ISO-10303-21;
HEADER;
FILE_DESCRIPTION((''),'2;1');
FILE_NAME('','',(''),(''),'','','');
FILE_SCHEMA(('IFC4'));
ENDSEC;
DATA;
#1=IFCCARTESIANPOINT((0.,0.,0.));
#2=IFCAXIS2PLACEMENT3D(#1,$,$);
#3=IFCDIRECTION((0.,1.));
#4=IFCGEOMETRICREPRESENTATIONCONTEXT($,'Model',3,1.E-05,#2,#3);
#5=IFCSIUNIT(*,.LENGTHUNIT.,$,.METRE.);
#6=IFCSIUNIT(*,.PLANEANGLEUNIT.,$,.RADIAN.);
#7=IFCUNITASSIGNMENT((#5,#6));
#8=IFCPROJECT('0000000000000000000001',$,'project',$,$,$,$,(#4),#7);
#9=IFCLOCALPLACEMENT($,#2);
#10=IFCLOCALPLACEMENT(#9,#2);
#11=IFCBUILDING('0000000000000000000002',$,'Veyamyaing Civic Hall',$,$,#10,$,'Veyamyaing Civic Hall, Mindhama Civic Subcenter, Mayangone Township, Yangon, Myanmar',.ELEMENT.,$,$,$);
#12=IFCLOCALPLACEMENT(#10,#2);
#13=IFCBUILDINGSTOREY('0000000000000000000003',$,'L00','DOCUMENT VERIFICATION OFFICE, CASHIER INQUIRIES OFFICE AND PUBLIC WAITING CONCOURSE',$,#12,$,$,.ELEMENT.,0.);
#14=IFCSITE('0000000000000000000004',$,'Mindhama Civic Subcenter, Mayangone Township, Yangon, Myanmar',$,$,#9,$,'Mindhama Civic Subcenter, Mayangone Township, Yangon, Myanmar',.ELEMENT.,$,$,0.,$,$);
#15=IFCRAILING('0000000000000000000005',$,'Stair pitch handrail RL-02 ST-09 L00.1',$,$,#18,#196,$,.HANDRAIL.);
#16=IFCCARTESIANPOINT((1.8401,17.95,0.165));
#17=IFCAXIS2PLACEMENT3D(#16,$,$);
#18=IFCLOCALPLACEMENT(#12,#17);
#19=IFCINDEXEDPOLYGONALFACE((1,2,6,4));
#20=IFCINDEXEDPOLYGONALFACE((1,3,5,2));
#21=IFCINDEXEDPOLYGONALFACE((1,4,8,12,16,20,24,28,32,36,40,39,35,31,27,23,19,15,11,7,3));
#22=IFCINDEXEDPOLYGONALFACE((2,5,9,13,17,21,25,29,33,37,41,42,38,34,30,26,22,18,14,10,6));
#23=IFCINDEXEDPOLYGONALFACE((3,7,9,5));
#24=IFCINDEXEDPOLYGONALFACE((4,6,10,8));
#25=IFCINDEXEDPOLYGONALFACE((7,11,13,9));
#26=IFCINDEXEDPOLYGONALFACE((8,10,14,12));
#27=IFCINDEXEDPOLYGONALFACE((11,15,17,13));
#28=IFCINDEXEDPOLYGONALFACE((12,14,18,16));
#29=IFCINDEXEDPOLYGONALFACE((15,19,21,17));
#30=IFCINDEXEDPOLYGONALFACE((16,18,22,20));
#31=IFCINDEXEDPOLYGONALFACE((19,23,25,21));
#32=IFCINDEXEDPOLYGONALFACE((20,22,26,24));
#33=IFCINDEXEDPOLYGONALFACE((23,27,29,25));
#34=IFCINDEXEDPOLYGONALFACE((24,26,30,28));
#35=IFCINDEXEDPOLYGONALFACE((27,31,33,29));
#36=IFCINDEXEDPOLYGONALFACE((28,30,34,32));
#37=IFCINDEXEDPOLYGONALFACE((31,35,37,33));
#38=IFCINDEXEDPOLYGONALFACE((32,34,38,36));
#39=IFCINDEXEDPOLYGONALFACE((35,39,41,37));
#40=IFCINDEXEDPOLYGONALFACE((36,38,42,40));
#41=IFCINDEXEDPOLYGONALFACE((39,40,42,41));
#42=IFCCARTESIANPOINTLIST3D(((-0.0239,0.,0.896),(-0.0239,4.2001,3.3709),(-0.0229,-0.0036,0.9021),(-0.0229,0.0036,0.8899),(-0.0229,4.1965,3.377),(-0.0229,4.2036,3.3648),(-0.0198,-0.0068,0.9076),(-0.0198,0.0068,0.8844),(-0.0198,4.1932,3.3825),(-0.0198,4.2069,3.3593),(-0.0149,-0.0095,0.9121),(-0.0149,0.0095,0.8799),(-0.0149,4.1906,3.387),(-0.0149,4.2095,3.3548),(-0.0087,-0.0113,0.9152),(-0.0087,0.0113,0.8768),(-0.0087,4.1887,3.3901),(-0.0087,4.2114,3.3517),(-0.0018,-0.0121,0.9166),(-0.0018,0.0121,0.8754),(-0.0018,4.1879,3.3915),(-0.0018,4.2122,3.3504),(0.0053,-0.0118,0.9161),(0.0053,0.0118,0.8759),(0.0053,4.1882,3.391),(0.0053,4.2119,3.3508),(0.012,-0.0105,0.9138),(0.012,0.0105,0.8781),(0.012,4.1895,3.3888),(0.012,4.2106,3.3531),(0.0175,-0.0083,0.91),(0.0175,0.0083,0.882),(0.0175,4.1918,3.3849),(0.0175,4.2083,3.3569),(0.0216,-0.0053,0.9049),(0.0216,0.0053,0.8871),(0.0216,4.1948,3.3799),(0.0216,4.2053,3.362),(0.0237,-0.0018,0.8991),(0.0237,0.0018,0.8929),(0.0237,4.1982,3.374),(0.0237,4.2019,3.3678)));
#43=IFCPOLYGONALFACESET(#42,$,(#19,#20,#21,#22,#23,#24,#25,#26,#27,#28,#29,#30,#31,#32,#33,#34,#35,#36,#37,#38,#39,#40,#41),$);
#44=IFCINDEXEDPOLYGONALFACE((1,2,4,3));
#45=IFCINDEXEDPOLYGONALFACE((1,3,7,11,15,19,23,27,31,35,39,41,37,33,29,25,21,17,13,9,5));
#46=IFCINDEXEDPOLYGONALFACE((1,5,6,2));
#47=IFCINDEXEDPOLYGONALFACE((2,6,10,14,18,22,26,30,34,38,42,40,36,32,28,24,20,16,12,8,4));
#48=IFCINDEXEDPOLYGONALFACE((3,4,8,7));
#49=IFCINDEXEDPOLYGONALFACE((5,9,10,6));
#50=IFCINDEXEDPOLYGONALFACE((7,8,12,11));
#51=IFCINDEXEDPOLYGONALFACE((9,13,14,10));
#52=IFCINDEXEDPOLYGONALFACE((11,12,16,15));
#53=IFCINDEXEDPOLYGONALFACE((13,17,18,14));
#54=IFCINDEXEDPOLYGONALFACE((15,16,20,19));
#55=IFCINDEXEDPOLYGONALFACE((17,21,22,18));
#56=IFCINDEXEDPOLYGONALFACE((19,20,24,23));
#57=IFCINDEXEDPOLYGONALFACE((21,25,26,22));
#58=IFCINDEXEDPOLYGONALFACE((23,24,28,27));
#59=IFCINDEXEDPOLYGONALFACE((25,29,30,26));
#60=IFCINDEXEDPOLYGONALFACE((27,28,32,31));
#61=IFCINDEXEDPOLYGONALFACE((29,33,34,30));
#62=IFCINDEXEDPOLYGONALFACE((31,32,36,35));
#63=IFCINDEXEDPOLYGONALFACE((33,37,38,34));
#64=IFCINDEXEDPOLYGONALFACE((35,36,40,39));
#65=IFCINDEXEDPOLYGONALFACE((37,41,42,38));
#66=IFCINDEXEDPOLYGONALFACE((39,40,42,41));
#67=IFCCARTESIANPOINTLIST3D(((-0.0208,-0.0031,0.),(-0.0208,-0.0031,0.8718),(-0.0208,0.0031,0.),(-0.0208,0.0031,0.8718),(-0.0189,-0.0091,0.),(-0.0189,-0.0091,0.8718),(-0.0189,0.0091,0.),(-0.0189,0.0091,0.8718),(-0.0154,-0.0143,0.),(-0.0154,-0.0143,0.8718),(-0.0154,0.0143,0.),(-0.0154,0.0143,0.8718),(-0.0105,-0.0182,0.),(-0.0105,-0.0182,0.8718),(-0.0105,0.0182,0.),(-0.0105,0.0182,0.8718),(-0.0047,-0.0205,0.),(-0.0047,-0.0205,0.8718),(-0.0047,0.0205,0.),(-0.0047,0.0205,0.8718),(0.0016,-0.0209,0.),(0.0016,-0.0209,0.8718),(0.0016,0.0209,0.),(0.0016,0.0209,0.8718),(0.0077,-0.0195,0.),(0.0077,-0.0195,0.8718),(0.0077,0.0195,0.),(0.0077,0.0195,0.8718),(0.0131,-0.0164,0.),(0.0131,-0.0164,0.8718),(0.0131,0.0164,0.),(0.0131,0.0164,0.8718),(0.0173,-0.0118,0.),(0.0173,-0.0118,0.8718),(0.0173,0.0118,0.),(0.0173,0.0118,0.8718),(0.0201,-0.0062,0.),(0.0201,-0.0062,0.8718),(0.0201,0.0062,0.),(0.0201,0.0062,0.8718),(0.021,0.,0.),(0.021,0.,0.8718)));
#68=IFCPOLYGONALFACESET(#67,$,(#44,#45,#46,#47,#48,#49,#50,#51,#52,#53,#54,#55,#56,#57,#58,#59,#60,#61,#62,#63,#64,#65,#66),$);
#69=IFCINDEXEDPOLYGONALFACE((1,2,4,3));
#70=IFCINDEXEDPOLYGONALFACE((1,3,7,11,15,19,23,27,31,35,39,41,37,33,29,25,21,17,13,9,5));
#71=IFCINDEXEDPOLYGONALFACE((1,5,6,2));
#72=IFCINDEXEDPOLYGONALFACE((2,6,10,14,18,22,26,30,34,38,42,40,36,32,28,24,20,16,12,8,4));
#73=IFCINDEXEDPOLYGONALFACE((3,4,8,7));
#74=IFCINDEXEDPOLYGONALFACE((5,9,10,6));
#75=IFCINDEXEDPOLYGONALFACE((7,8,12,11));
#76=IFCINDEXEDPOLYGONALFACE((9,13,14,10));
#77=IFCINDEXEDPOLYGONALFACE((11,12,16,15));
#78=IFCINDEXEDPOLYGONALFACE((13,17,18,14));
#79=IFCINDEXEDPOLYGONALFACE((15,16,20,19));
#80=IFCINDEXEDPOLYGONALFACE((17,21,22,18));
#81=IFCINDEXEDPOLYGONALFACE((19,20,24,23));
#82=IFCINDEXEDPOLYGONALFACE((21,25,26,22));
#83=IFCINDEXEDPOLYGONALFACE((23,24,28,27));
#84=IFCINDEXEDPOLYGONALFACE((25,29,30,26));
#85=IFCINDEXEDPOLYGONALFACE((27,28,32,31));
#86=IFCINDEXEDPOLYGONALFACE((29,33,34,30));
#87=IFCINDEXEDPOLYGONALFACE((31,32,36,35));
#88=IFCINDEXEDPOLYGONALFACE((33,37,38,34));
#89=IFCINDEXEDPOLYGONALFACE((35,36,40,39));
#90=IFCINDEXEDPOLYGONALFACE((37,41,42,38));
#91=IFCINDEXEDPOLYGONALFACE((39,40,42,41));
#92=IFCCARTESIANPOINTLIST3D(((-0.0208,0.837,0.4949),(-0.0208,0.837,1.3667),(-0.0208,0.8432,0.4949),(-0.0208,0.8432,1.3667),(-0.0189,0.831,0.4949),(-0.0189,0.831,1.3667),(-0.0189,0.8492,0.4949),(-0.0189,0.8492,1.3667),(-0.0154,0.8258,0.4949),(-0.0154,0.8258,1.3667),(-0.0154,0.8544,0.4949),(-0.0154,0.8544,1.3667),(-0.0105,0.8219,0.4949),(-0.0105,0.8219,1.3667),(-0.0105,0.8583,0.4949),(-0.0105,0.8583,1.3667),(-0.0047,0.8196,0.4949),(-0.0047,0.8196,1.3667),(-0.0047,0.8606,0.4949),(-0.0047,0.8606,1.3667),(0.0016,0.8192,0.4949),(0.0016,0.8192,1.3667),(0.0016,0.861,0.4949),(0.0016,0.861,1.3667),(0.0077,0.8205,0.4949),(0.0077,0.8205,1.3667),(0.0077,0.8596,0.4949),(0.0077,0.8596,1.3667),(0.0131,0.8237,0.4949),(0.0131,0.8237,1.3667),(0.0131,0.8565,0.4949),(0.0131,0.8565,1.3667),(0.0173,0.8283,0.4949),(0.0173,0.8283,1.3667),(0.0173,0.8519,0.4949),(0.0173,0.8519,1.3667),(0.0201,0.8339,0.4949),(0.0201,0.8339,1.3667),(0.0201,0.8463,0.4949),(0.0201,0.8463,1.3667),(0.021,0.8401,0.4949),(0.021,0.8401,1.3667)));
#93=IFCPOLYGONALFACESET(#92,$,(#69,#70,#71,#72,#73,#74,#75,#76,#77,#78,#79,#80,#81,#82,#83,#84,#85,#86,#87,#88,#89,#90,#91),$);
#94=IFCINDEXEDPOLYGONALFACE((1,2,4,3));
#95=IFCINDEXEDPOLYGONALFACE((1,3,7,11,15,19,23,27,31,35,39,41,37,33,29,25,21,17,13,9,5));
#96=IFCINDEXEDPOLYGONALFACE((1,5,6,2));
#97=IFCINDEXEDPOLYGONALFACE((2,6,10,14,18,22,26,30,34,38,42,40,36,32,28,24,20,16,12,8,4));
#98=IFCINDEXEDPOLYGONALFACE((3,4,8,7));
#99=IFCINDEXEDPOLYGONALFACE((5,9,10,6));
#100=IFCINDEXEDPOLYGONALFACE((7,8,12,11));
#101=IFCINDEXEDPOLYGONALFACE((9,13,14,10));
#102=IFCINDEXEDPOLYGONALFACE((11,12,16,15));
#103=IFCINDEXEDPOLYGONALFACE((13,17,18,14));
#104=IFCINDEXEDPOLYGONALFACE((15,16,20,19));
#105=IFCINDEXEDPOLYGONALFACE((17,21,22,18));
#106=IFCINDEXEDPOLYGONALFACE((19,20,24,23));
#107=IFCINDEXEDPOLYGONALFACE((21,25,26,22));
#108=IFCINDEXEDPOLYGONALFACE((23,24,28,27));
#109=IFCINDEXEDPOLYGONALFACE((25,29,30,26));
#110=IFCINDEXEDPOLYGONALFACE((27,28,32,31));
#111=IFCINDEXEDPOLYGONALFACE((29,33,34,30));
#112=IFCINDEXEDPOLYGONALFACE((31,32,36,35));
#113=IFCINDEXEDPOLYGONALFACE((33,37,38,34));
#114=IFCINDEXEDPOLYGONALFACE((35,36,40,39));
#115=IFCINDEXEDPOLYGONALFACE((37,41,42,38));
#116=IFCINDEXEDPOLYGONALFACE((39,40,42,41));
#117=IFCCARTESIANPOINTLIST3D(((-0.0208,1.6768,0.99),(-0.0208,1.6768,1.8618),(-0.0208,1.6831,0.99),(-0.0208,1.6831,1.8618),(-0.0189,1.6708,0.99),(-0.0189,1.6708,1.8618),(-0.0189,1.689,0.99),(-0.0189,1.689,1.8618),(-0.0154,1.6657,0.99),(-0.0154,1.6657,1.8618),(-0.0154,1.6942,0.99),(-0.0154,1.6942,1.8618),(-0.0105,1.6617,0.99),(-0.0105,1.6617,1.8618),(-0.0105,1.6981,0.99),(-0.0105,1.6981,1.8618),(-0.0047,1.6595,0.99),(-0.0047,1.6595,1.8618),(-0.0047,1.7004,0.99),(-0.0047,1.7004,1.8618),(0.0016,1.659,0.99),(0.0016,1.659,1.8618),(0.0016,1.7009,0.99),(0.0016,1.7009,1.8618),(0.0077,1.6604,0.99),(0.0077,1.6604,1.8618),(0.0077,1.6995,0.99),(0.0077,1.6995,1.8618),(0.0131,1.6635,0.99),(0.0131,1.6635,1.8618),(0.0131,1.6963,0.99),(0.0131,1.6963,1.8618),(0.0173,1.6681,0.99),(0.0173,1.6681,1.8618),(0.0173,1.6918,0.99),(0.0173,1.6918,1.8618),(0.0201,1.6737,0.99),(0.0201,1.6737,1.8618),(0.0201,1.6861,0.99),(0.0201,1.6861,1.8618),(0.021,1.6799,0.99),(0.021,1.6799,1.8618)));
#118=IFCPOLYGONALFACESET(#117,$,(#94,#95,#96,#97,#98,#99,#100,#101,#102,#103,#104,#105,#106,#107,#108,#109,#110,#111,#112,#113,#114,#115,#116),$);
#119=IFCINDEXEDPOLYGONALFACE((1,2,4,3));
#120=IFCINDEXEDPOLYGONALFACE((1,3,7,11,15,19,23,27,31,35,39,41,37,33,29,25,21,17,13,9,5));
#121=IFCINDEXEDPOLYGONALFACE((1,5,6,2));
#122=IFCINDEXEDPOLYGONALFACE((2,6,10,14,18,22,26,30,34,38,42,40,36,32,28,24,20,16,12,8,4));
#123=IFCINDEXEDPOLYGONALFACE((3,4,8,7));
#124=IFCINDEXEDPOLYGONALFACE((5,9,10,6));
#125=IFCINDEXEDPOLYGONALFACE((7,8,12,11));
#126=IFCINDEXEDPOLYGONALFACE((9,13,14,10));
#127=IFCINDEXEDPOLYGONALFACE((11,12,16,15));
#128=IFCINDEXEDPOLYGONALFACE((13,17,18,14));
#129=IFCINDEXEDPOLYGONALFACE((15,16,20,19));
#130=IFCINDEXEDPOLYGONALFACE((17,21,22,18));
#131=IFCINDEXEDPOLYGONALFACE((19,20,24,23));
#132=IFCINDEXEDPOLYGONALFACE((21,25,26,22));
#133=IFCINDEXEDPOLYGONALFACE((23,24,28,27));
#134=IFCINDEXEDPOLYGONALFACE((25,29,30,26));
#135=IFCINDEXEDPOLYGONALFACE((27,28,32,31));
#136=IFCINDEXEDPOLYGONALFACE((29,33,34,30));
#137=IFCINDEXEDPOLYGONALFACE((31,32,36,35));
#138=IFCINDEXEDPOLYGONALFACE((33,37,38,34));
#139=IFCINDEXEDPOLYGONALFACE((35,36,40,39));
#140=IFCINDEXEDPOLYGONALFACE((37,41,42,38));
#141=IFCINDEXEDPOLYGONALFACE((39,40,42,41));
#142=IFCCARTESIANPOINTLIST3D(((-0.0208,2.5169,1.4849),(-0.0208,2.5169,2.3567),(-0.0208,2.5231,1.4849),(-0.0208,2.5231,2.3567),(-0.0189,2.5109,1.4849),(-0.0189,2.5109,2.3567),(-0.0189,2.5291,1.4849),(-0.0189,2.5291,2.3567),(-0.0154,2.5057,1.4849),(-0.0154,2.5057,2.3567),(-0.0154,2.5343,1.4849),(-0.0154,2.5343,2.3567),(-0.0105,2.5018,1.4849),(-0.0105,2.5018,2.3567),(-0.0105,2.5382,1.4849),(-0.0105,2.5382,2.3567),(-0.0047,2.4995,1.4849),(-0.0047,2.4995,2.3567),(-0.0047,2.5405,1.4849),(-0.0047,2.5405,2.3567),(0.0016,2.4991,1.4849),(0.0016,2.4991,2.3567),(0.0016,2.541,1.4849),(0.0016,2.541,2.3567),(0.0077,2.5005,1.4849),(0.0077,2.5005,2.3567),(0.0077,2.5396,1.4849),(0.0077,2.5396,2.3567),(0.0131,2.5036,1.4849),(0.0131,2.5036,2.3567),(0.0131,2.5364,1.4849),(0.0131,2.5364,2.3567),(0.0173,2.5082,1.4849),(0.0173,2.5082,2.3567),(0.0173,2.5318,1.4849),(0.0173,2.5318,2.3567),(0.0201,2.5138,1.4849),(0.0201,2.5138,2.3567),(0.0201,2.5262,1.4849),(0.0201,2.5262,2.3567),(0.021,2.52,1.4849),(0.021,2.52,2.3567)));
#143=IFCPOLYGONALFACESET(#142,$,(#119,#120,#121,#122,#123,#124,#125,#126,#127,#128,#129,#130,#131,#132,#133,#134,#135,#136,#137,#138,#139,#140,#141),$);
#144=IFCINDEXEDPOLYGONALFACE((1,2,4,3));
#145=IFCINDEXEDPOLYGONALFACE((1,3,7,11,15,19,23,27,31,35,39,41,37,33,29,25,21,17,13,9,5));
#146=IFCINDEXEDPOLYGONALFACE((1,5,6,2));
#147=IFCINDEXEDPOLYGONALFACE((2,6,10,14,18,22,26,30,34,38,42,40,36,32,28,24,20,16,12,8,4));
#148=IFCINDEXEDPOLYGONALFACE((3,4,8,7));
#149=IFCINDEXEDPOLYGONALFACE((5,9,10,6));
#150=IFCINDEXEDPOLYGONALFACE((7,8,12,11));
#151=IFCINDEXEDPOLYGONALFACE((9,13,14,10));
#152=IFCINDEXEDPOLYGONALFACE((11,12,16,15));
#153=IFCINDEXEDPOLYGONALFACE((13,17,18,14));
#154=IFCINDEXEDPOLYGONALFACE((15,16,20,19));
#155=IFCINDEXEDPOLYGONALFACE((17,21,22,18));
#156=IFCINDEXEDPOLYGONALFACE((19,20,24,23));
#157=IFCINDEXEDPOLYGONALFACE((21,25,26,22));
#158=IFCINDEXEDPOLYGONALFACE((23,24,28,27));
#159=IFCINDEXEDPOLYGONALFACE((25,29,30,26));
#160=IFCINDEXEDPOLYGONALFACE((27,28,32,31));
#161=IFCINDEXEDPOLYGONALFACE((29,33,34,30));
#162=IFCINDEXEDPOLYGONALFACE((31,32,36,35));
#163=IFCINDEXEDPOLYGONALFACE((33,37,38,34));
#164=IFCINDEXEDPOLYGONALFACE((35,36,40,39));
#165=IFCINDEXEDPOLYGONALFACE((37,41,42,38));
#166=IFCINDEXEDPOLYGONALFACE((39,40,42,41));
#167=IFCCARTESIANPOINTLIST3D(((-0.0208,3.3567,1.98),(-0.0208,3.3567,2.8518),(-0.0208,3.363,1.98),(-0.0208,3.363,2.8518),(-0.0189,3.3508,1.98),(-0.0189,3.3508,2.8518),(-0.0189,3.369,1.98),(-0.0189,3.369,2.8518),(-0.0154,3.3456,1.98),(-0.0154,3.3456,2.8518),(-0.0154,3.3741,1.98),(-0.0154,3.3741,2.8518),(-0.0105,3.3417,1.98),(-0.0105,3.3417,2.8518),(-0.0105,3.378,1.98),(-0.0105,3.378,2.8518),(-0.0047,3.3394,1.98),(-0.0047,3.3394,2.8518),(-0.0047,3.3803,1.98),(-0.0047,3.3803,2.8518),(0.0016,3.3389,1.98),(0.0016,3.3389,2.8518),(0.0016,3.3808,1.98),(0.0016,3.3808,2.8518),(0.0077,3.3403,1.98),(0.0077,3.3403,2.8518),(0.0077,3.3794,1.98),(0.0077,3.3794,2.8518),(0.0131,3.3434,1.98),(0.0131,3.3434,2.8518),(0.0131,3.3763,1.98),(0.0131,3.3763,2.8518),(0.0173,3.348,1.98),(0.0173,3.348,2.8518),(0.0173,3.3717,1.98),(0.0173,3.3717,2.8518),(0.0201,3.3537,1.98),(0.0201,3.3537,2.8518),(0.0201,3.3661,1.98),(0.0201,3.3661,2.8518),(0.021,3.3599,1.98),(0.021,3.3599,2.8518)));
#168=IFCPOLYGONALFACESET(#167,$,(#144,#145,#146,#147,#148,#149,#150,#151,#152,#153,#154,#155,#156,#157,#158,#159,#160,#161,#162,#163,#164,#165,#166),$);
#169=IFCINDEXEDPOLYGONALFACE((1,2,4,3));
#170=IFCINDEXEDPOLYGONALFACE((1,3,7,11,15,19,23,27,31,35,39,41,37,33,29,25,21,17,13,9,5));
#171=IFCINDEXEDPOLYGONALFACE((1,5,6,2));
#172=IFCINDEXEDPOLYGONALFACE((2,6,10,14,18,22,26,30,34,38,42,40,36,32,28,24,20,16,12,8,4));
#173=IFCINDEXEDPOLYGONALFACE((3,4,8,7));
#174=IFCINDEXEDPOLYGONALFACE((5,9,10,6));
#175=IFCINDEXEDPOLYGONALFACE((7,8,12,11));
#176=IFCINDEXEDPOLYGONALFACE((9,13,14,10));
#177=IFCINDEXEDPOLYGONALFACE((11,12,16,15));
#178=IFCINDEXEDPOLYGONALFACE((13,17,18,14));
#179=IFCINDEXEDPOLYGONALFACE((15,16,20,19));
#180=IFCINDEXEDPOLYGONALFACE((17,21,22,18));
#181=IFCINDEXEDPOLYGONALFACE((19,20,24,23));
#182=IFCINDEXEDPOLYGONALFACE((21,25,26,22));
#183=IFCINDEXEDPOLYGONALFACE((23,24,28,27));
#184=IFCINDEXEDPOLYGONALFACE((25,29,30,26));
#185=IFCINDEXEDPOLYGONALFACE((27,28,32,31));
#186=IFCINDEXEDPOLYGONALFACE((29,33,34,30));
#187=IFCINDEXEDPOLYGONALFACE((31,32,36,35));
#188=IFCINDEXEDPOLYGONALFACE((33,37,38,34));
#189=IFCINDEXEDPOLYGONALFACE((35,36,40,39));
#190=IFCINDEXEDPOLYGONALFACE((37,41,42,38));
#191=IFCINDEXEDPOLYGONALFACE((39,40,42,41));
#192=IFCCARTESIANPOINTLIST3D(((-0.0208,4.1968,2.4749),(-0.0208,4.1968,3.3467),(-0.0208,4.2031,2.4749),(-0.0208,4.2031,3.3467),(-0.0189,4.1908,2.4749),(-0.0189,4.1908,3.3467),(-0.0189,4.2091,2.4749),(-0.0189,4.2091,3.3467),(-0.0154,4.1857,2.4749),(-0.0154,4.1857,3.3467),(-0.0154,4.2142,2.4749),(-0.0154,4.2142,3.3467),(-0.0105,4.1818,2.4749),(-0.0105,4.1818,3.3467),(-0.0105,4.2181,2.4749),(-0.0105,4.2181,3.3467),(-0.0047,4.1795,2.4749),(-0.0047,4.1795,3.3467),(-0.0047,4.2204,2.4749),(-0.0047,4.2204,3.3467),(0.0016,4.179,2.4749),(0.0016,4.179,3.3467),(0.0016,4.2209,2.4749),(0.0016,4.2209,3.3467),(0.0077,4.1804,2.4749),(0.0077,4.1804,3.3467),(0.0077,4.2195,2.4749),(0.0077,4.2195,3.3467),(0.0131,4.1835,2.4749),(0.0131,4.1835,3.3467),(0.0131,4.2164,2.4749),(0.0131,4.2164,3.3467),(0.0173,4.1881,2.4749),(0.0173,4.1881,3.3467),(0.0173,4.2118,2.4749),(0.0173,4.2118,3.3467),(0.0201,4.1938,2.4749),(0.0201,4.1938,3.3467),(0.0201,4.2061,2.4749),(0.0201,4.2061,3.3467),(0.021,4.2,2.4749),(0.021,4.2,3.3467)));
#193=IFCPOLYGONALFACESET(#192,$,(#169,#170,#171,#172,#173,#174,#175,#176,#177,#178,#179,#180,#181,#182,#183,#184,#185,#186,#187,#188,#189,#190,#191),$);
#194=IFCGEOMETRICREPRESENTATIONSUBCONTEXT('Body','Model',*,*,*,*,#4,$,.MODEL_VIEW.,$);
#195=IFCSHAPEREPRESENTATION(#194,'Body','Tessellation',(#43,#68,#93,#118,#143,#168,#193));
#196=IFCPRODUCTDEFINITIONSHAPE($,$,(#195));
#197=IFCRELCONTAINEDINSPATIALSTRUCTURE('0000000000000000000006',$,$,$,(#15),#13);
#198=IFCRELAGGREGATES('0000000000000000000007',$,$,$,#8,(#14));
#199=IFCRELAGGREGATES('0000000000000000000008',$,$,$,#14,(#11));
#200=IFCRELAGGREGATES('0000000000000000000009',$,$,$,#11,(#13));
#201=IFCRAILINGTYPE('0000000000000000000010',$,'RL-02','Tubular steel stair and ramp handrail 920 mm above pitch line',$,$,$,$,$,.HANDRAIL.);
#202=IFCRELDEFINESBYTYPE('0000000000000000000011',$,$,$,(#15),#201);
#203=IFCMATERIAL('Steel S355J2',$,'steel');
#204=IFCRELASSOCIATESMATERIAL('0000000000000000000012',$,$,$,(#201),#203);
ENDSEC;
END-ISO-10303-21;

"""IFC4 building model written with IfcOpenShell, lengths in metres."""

from ifc_helpers import new_model, si_unit, direction, frame, origin, origin_2d, place, context, subcontext, project, spatial, circle, extrude, material, type_object, element, save


model = new_model("IFC4")

# Units and contexts
model_context = context("Model", 3, precision=1e-05, world=origin(), true_north=direction((0.0, 1.0)))
body_context = subcontext(model_context, "Body", "Model", "MODEL_VIEW")
ifc_project = project(units=[si_unit("LENGTHUNIT", "METRE"), si_unit("PLANEANGLEUNIT", "RADIAN")], contexts=[model_context])

# Site, building, storey
site_placement = place(None, origin())
site = spatial("IfcSite", under=ifc_project, at=site_placement, Name="Mindhama Civic Subcenter, Mayangone Township, Yangon, Myanmar", LongName="Mindhama Civic Subcenter, Mayangone Township, Yangon, Myanmar", CompositionType="ELEMENT", RefElevation=0.0)
building_placement = place(site_placement, origin())
building = spatial("IfcBuilding", under=site, at=building_placement, Name="Veyamyaing Civic Hall", LongName="Veyamyaing Civic Hall, Mindhama Civic Subcenter, Mayangone Township, Yangon, Myanmar", CompositionType="ELEMENT")
storey_placement = place(building_placement, origin())
storey = spatial("IfcBuildingStorey", under=building, at=storey_placement, Name="L00", Description="DOCUMENT VERIFICATION OFFICE, CASHIER INQUIRIES OFFICE AND PUBLIC WAITING CONCOURSE", CompositionType="ELEMENT", Elevation=0.0)

# Railing
ifc_material_1 = material(Name="Steel S355J2", Category="steel")
railing_type_1 = type_object("IfcRailingType", Name="RL-02", Description="Tubular steel stair and ramp handrail 920 mm above pitch line", PredefinedType="HANDRAIL", material=ifc_material_1)
railing_1_placement = place(storey_placement, frame((1.8401, 17.95, 0.165)))
element("IfcRailing", 1, at=railing_1_placement, inside=storey, type_object=railing_type_1, Name="Stair pitch handrail RL-02 ST-09 L00.1", PredefinedType="HANDRAIL", context=body_context, shape_type="SweptSolid", body=[
    extrude(circle(Radius=0.0239, at=origin_2d()), frame((0.0, 0.0, 0.896), z_axis=(0.0, 0.861549, 0.507674), x_axis=(-1.0, 0.0, 0.0)), (0.0, 0.0, 1.0), 4.875),
    extrude(circle(Radius=0.021, at=origin_2d()), origin(), (0.0, 0.0, 1.0), 0.8718),
    extrude(circle(Radius=0.021, at=origin_2d()), frame((0.0, 0.8401, 0.4949)), (0.0, 0.0, 1.0), 0.8718),
    extrude(circle(Radius=0.021, at=origin_2d()), frame((0.0, 1.6799, 0.99)), (0.0, 0.0, 1.0), 0.8718),
    extrude(circle(Radius=0.021, at=origin_2d()), frame((0.0, 2.52, 1.4849)), (0.0, 0.0, 1.0), 0.8718),
    extrude(circle(Radius=0.021, at=origin_2d()), frame((0.0, 3.3599, 1.98)), (0.0, 0.0, 1.0), 0.8718),
    extrude(circle(Radius=0.021, at=origin_2d()), frame((0.0, 4.2, 2.4749)), (0.0, 0.0, 1.0), 0.8718),
])

save(model, "model.ifc")
